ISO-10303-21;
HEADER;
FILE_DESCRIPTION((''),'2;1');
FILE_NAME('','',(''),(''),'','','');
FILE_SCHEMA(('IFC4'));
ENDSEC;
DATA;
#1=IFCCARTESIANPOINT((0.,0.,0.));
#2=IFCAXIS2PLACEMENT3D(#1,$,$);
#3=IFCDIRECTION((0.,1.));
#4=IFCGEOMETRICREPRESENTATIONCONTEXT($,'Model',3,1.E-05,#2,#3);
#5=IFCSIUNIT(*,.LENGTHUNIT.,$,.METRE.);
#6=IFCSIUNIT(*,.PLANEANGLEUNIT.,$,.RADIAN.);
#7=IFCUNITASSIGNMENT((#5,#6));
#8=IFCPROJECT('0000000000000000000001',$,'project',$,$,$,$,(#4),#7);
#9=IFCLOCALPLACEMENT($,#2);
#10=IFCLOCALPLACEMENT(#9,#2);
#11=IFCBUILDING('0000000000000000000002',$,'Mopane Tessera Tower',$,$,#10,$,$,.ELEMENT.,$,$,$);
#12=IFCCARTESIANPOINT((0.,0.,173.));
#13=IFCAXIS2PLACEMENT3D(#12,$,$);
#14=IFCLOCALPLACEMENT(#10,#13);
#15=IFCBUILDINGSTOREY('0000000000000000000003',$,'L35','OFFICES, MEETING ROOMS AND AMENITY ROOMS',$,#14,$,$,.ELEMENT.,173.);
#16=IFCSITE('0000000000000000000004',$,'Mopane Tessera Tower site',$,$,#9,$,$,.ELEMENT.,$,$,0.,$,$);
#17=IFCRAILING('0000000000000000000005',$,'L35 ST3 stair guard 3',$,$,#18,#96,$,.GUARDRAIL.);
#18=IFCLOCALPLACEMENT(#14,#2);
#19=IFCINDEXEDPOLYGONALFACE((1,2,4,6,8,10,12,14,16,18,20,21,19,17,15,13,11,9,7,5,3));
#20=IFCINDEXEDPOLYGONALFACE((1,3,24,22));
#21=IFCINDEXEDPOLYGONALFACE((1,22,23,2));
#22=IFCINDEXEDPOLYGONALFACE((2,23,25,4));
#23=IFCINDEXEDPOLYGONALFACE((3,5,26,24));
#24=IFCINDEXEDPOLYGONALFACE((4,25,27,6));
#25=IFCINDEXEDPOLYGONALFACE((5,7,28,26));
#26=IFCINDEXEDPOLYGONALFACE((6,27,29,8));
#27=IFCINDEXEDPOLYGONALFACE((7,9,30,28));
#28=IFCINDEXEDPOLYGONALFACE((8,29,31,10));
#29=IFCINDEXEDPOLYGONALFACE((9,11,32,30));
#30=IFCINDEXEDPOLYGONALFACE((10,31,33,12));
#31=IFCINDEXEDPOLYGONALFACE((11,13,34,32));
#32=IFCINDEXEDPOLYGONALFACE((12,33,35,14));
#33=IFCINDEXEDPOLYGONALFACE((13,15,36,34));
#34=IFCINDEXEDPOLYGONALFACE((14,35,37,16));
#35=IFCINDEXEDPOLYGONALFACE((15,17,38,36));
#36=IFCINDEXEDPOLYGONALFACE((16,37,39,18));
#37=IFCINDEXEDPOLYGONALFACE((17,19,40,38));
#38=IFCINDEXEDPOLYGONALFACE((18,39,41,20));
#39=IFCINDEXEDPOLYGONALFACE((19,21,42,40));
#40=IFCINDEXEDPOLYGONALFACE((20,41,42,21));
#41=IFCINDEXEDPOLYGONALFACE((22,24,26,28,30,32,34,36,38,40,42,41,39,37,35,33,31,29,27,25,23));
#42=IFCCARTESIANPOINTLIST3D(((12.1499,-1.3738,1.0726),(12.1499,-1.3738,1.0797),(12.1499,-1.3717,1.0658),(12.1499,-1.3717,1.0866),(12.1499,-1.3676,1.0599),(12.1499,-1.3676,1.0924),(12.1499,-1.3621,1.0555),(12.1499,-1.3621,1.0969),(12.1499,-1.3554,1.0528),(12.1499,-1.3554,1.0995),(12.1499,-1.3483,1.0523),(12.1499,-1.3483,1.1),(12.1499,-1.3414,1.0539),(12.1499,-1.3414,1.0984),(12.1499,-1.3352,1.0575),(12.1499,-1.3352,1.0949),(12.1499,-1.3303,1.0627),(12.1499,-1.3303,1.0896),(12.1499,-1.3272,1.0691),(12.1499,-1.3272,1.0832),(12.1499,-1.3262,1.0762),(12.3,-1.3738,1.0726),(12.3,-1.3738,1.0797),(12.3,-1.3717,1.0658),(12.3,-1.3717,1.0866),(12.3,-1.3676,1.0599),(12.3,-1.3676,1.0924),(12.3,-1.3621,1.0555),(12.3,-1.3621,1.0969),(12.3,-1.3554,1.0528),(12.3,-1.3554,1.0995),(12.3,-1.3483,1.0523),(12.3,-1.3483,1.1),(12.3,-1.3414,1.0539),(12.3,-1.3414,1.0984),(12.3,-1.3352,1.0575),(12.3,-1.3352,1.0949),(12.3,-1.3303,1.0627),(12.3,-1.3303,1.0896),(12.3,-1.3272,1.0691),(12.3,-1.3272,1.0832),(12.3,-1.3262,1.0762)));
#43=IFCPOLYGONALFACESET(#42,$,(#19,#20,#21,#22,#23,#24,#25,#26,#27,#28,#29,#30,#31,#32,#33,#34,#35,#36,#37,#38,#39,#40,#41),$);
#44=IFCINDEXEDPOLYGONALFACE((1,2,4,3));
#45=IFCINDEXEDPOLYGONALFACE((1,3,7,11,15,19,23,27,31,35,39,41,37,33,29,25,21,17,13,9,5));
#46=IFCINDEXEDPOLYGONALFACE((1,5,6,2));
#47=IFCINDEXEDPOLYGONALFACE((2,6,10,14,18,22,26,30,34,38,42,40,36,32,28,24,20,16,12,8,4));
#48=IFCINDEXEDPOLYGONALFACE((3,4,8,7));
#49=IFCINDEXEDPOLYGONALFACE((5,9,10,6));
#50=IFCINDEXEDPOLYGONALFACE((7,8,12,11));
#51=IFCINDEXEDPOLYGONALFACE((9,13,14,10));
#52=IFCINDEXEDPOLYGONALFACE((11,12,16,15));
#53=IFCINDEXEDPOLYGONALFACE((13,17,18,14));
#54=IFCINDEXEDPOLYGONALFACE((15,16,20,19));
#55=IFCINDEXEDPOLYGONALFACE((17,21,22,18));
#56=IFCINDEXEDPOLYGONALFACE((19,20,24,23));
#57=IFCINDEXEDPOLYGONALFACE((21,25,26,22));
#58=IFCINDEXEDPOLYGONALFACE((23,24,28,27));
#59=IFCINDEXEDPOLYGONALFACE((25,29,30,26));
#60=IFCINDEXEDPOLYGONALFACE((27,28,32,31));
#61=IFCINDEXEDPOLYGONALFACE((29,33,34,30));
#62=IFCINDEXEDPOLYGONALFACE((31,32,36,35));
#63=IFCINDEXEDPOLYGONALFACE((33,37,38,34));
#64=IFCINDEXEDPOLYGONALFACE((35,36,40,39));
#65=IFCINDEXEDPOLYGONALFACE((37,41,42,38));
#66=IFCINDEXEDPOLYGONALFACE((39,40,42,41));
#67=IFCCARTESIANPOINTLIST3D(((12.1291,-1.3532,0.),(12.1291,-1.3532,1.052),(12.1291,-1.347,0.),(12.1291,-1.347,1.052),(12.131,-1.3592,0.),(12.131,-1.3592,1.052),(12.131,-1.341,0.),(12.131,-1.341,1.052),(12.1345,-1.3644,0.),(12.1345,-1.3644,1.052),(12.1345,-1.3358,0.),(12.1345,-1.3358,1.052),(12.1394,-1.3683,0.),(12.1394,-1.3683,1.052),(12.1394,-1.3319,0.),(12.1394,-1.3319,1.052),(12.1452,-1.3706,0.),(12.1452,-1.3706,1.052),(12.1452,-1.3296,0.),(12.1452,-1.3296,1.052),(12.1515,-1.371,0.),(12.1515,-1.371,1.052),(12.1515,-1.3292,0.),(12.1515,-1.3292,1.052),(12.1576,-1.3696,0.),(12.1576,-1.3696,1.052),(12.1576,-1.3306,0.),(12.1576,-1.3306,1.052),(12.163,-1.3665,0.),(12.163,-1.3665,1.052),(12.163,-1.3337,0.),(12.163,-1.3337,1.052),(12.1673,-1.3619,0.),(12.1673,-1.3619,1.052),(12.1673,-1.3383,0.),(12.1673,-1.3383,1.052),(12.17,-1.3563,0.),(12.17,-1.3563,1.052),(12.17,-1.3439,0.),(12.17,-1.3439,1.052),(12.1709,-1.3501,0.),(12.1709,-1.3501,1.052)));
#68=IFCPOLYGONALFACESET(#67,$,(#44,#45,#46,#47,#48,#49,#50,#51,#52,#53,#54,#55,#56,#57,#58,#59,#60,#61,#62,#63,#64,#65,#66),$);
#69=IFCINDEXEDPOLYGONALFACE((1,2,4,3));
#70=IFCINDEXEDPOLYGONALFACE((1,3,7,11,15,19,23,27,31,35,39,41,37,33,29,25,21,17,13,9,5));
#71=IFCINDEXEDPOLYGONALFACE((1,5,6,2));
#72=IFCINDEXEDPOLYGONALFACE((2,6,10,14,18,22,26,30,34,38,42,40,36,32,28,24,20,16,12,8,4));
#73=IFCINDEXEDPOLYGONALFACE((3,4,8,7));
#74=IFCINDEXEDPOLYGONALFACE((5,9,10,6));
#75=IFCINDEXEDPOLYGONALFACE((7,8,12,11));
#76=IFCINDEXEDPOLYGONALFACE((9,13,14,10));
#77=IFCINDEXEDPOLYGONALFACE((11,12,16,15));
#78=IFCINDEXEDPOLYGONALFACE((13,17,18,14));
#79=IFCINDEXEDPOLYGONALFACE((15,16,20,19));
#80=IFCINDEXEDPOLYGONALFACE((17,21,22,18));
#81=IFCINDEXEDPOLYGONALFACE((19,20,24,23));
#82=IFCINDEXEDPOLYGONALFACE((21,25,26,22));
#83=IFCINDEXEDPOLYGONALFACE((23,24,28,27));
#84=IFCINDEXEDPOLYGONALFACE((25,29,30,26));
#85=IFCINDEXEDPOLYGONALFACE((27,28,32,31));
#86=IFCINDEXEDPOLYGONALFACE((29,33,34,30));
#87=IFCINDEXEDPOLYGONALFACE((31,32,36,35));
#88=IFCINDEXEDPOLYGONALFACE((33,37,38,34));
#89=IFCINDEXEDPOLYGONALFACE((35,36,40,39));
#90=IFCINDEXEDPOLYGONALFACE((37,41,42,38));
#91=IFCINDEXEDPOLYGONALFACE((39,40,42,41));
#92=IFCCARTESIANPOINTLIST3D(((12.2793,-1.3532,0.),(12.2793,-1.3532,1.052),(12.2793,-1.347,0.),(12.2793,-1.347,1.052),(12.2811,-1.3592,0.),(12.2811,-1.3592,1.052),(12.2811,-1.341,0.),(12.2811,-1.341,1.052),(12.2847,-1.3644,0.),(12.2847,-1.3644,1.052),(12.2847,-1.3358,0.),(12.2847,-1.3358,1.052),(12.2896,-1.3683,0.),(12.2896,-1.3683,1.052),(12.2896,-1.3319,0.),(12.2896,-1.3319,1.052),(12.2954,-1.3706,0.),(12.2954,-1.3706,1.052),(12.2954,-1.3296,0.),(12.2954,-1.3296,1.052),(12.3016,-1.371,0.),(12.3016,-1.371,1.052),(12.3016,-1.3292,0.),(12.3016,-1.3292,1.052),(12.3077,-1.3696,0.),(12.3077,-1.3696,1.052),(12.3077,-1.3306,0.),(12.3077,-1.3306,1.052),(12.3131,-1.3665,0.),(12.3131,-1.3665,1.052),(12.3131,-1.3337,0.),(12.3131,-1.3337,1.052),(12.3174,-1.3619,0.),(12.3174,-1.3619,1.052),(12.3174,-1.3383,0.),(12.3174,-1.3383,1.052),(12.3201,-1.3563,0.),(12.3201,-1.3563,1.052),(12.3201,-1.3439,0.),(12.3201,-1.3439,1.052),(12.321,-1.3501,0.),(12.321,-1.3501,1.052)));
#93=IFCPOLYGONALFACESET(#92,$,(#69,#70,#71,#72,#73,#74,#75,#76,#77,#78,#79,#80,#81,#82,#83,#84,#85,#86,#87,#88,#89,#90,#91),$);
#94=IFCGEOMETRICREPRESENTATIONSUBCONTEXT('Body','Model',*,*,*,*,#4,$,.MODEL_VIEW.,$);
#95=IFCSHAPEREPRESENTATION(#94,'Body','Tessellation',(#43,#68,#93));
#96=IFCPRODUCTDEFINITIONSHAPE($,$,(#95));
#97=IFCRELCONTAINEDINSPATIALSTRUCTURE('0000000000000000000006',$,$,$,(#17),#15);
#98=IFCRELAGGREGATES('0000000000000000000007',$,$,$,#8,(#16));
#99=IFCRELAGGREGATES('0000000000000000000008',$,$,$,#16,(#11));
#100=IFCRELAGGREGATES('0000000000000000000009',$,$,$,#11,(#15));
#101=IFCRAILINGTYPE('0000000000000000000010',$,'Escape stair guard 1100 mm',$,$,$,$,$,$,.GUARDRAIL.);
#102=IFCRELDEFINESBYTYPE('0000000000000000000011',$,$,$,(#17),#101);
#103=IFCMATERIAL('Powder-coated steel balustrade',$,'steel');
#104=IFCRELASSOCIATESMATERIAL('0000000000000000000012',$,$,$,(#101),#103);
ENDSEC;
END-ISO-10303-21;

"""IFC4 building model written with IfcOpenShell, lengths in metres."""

from ifc_helpers import new_model, si_unit, direction, frame, origin, origin_2d, place, context, subcontext, project, spatial, circle, extrude, material, type_object, element, save


model = new_model("IFC4")

# Units and contexts
model_context = context("Model", 3, precision=1e-05, world=origin(), true_north=direction((0.0, 1.0)))
body_context = subcontext(model_context, "Body", "Model", "MODEL_VIEW")
ifc_project = project(units=[si_unit("LENGTHUNIT", "METRE"), si_unit("PLANEANGLEUNIT", "RADIAN")], contexts=[model_context])

# Site, building, storey
site_placement = place(None, origin())
site = spatial("IfcSite", under=ifc_project, at=site_placement, Name="Mopane Tessera Tower site", CompositionType="ELEMENT", RefElevation=0.0)
building_placement = place(site_placement, origin())
building = spatial("IfcBuilding", under=site, at=building_placement, Name="Mopane Tessera Tower", CompositionType="ELEMENT")
storey_placement = place(building_placement, frame((0.0, 0.0, 173.0)))
storey = spatial("IfcBuildingStorey", under=building, at=storey_placement, Name="L35", Description="OFFICES, MEETING ROOMS AND AMENITY ROOMS", CompositionType="ELEMENT", Elevation=173.0)

# Railing
ifc_material_1 = material(Name="Powder-coated steel balustrade", Category="steel")
railing_type_1 = type_object("IfcRailingType", Name="Escape stair guard 1100 mm", PredefinedType="GUARDRAIL", material=ifc_material_1)
railing_1_placement = place(storey_placement, frame((12.1499, -1.3501, 0.0)))
element("IfcRailing", 1, at=railing_1_placement, inside=storey, type_object=railing_type_1, Name="L35 ST3 stair guard 3", PredefinedType="GUARDRAIL", context=body_context, shape_type="SweptSolid", body=[
    extrude(circle(Radius=0.0239, at=origin_2d()), frame((0.0, 0.0, 1.0762), z_axis=(1.0, 0.0, 0.0), x_axis=(0.0, 1.0, 0.0)), (0.0, 0.0, 1.0), 0.1501),
    extrude(circle(Radius=0.021, at=origin_2d()), origin(), (0.0, 0.0, 1.0), 1.052),
    extrude(circle(Radius=0.021, at=origin_2d()), frame((0.1501, 0.0, 0.0)), (0.0, 0.0, 1.0), 1.052),
])

save(model, "model.ifc")
